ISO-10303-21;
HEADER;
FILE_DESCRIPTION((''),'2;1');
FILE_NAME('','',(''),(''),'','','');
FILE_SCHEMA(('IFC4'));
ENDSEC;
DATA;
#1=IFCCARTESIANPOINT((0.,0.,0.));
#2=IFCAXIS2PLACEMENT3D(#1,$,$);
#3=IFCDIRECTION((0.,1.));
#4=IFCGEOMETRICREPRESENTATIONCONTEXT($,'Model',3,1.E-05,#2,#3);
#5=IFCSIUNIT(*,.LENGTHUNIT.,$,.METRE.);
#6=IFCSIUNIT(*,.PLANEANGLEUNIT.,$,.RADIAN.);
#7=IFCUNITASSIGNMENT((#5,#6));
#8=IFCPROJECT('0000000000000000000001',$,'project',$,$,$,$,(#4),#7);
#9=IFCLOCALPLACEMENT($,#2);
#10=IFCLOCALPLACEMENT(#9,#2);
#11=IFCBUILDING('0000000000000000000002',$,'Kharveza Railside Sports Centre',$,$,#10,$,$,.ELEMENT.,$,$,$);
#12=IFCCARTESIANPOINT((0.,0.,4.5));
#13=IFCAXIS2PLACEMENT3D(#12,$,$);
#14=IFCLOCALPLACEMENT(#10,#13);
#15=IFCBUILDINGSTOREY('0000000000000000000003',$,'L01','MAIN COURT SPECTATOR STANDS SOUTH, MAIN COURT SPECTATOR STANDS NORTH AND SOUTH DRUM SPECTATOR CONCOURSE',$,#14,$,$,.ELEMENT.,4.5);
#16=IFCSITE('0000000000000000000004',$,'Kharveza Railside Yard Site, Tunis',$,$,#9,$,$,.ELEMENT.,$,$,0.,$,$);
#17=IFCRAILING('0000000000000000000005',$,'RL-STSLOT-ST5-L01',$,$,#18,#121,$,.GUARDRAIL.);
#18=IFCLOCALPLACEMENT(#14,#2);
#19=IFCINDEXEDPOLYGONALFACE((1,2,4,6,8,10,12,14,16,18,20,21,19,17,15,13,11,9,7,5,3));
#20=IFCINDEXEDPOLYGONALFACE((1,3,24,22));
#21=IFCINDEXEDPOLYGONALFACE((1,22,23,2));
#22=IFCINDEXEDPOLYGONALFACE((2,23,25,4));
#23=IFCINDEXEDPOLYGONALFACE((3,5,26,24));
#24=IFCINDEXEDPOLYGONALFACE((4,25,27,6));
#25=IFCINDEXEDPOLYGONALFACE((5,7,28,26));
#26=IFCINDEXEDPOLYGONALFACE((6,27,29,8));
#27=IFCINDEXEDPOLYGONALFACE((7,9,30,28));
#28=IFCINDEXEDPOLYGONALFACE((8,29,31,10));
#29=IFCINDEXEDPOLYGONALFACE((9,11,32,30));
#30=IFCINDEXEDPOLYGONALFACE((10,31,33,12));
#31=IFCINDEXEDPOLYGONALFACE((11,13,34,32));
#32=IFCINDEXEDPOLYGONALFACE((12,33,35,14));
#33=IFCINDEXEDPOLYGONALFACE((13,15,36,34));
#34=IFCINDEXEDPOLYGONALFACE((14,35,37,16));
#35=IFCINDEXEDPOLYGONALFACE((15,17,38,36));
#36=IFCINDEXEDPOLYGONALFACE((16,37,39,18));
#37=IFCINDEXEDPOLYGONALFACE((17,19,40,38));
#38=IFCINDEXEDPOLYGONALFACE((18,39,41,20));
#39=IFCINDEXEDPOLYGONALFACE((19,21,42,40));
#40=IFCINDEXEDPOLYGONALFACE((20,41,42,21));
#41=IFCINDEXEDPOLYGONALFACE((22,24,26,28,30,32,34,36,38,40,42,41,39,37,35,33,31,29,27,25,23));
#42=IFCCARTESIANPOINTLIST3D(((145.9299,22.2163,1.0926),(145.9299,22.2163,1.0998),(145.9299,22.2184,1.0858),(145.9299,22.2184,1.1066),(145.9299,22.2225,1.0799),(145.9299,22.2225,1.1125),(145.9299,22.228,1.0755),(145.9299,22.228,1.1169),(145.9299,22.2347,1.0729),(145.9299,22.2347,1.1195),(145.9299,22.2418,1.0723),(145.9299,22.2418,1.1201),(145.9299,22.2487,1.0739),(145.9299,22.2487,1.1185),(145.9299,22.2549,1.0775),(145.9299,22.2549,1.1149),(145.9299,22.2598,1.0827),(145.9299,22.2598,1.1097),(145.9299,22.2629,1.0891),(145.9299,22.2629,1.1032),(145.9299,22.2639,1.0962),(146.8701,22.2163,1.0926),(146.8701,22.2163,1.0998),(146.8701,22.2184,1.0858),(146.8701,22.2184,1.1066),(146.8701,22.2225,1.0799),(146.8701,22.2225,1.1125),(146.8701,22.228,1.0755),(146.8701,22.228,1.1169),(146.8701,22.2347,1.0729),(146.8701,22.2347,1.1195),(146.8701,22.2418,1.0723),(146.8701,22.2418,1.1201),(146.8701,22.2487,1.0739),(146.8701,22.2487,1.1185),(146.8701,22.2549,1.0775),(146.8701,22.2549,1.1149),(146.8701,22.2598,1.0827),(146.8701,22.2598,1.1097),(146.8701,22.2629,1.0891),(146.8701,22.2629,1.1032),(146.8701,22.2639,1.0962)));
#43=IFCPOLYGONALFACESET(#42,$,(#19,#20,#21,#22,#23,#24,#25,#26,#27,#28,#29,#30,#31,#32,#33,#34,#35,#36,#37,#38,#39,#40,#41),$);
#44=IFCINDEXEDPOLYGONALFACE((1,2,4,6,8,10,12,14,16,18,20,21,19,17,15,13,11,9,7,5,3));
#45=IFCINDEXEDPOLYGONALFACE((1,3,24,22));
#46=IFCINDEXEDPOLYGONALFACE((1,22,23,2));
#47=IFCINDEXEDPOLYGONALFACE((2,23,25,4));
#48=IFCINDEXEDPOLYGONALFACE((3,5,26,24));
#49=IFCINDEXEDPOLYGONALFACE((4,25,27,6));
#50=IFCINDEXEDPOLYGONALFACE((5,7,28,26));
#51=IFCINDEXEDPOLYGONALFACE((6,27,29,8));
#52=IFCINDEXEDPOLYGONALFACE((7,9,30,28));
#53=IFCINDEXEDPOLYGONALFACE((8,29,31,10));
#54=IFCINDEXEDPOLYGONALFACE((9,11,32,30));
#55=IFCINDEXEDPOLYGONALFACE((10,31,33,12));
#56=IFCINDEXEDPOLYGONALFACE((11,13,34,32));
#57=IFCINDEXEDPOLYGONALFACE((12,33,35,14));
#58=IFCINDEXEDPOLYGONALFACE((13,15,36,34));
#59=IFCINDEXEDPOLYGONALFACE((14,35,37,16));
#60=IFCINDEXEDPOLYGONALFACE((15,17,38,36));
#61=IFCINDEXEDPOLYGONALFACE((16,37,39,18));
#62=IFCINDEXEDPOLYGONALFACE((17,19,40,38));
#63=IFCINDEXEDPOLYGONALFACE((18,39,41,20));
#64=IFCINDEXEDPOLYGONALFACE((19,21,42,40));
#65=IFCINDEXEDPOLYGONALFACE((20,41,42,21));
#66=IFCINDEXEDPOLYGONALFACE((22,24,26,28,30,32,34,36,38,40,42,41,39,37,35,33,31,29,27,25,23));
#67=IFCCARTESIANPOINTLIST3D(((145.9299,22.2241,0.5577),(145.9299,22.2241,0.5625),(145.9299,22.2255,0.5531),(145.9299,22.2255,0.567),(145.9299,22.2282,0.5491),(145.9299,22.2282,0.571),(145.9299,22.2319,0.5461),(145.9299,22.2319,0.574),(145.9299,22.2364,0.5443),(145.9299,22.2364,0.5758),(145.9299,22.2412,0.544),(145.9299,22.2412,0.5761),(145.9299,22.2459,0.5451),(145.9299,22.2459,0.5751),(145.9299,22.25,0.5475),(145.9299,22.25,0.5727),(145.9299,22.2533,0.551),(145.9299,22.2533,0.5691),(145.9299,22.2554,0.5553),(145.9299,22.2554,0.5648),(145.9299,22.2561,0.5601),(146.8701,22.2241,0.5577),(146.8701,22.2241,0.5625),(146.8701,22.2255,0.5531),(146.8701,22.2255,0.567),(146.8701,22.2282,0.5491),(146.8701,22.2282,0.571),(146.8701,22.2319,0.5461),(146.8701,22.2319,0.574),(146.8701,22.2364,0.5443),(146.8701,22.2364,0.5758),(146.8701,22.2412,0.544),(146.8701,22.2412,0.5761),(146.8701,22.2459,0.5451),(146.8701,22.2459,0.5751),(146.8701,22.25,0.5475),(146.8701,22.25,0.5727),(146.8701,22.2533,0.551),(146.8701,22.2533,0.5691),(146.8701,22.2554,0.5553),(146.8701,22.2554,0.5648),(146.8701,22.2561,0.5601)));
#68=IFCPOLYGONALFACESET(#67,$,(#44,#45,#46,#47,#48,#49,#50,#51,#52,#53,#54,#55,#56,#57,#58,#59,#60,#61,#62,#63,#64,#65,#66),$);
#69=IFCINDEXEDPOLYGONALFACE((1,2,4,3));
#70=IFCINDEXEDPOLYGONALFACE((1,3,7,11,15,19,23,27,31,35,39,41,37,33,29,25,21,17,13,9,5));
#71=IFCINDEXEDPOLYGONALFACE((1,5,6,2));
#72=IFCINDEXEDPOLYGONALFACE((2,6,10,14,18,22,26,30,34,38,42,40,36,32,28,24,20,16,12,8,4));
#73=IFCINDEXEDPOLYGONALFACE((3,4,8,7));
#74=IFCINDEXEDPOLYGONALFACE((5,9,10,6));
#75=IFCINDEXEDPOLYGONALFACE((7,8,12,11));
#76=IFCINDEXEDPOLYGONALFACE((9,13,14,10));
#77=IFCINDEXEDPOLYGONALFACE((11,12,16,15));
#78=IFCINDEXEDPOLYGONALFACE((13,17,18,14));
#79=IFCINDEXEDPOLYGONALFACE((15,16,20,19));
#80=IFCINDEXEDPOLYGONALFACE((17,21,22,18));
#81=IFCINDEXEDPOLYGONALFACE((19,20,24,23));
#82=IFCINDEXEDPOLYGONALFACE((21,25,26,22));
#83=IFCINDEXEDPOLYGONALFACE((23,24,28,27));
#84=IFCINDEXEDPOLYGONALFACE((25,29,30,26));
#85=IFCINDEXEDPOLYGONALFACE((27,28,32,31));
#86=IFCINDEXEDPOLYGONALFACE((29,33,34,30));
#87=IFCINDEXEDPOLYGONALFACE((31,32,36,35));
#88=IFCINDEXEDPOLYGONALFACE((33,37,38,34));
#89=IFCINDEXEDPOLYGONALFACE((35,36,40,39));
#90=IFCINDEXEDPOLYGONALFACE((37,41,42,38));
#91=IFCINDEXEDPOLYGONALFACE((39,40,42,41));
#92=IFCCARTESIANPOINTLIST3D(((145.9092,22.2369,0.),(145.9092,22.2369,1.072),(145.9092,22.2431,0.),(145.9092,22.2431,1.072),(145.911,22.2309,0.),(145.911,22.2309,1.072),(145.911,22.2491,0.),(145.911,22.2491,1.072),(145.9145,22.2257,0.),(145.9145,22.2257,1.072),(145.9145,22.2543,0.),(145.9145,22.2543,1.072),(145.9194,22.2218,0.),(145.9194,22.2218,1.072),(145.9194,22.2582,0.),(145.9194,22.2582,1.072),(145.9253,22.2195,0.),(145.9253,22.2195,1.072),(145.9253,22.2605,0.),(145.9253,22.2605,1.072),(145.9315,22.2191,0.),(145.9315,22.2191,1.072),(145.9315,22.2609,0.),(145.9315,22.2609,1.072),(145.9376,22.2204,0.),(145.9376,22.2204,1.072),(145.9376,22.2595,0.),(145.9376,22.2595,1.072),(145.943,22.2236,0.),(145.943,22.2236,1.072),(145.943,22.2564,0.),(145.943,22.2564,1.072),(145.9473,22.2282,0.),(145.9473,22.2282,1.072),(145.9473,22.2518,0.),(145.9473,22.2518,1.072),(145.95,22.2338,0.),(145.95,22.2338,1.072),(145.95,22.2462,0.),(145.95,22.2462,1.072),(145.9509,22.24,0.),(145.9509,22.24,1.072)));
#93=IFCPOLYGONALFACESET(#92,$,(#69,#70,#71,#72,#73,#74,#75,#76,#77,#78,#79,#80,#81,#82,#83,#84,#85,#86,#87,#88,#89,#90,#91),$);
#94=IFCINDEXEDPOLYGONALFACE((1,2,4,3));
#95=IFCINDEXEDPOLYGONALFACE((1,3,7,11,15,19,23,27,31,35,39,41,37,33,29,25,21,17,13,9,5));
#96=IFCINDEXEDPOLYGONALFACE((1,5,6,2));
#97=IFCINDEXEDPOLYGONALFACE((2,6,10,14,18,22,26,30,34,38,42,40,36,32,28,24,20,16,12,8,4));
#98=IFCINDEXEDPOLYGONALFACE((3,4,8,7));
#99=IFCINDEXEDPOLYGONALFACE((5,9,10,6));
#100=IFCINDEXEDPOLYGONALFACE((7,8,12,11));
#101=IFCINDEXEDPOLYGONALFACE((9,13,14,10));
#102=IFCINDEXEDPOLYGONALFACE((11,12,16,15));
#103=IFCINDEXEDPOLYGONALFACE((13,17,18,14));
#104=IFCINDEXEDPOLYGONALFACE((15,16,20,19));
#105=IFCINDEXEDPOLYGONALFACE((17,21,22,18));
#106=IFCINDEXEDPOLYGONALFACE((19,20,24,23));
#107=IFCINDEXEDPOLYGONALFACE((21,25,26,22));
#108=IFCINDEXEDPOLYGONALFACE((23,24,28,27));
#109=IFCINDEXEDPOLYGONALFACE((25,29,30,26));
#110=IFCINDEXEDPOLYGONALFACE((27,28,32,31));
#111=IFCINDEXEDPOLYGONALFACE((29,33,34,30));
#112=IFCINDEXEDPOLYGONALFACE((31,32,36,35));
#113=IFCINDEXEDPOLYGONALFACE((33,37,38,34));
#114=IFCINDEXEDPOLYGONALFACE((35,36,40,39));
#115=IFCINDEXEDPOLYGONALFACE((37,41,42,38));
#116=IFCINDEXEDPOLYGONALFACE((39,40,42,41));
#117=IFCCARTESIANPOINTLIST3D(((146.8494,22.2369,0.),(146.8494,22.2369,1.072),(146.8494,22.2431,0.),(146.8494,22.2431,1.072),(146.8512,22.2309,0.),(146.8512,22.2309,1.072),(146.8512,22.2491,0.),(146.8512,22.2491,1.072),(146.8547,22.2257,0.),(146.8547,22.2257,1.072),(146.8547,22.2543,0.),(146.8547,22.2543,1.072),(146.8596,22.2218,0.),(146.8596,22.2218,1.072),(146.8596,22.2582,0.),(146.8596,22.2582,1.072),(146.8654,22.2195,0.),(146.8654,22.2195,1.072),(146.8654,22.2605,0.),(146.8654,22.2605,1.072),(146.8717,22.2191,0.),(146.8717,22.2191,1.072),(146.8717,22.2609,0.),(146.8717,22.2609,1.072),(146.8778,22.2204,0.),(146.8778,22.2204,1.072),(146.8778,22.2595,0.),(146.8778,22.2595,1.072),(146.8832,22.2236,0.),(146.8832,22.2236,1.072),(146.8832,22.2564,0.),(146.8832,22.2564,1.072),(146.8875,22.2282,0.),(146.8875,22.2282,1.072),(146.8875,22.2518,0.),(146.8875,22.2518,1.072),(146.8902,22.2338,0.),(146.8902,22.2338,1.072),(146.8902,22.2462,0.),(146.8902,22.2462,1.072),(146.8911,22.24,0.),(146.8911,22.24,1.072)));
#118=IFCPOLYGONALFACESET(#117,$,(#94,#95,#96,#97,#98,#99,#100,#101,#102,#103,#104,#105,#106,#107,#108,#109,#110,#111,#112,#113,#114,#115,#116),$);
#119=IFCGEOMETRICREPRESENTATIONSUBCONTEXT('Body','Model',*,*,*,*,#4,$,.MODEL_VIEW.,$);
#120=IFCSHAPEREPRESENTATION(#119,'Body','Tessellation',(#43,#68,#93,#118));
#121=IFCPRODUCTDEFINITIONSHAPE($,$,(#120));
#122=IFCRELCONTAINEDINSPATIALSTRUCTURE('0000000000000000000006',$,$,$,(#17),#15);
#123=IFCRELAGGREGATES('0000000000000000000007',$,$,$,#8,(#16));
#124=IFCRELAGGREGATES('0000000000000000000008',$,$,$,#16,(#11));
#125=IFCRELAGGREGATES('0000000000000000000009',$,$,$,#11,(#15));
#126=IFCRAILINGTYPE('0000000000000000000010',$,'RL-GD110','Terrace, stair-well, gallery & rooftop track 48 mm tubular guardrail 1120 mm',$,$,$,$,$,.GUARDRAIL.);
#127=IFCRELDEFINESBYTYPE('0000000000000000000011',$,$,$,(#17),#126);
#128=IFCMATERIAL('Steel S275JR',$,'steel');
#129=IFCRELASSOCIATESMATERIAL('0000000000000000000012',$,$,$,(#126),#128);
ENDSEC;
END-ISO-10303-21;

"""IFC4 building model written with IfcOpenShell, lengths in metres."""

from ifc_helpers import new_model, si_unit, direction, frame, origin, origin_2d, place, context, subcontext, project, spatial, circle, extrude, material, type_object, element, save


model = new_model("IFC4")

# Units and contexts
model_context = context("Model", 3, precision=1e-05, world=origin(), true_north=direction((0.0, 1.0)))
body_context = subcontext(model_context, "Body", "Model", "MODEL_VIEW")
ifc_project = project(units=[si_unit("LENGTHUNIT", "METRE"), si_unit("PLANEANGLEUNIT", "RADIAN")], contexts=[model_context])

# Site, building, storey
site_placement = place(None, origin())
site = spatial("IfcSite", under=ifc_project, at=site_placement, Name="Kharveza Railside Yard Site, Tunis", CompositionType="ELEMENT", RefElevation=0.0)
building_placement = place(site_placement, origin())
building = spatial("IfcBuilding", under=site, at=building_placement, Name="Kharveza Railside Sports Centre", CompositionType="ELEMENT")
storey_placement = place(building_placement, frame((0.0, 0.0, 4.5)))
storey = spatial("IfcBuildingStorey", under=building, at=storey_placement, Name="L01", Description="MAIN COURT SPECTATOR STANDS SOUTH, MAIN COURT SPECTATOR STANDS NORTH AND SOUTH DRUM SPECTATOR CONCOURSE", CompositionType="ELEMENT", Elevation=4.5)

# Railing
ifc_material_1 = material(Name="Steel S275JR", Category="steel")
railing_type_1 = type_object("IfcRailingType", Name="RL-GD110", Description="Terrace, stair-well, gallery & rooftop track 48 mm tubular guardrail 1120 mm", PredefinedType="GUARDRAIL", material=ifc_material_1)
railing_1_placement = place(storey_placement, frame((145.9299, 22.24, 0.0)))
element("IfcRailing", 1, at=railing_1_placement, inside=storey, type_object=railing_type_1, Name="RL-STSLOT-ST5-L01", PredefinedType="GUARDRAIL", context=body_context, shape_type="SweptSolid", body=[
    extrude(circle(Radius=0.0239, at=origin_2d()), frame((0.0, 0.0, 1.0962), z_axis=(1.0, 0.0, 0.0), x_axis=(0.0, 1.0, 0.0)), (0.0, 0.0, 1.0), 0.9402),
    extrude(circle(Radius=0.0161, at=origin_2d()), frame((0.0, 0.0, 0.5601), z_axis=(1.0, 0.0, 0.0), x_axis=(0.0, 1.0, 0.0)), (0.0, 0.0, 1.0), 0.9402),
    extrude(circle(Radius=0.021, at=origin_2d()), origin(), (0.0, 0.0, 1.0), 1.072),
    extrude(circle(Radius=0.021, at=origin_2d()), frame((0.9402, 0.0, 0.0)), (0.0, 0.0, 1.0), 1.072),
])

save(model, "model.ifc")
